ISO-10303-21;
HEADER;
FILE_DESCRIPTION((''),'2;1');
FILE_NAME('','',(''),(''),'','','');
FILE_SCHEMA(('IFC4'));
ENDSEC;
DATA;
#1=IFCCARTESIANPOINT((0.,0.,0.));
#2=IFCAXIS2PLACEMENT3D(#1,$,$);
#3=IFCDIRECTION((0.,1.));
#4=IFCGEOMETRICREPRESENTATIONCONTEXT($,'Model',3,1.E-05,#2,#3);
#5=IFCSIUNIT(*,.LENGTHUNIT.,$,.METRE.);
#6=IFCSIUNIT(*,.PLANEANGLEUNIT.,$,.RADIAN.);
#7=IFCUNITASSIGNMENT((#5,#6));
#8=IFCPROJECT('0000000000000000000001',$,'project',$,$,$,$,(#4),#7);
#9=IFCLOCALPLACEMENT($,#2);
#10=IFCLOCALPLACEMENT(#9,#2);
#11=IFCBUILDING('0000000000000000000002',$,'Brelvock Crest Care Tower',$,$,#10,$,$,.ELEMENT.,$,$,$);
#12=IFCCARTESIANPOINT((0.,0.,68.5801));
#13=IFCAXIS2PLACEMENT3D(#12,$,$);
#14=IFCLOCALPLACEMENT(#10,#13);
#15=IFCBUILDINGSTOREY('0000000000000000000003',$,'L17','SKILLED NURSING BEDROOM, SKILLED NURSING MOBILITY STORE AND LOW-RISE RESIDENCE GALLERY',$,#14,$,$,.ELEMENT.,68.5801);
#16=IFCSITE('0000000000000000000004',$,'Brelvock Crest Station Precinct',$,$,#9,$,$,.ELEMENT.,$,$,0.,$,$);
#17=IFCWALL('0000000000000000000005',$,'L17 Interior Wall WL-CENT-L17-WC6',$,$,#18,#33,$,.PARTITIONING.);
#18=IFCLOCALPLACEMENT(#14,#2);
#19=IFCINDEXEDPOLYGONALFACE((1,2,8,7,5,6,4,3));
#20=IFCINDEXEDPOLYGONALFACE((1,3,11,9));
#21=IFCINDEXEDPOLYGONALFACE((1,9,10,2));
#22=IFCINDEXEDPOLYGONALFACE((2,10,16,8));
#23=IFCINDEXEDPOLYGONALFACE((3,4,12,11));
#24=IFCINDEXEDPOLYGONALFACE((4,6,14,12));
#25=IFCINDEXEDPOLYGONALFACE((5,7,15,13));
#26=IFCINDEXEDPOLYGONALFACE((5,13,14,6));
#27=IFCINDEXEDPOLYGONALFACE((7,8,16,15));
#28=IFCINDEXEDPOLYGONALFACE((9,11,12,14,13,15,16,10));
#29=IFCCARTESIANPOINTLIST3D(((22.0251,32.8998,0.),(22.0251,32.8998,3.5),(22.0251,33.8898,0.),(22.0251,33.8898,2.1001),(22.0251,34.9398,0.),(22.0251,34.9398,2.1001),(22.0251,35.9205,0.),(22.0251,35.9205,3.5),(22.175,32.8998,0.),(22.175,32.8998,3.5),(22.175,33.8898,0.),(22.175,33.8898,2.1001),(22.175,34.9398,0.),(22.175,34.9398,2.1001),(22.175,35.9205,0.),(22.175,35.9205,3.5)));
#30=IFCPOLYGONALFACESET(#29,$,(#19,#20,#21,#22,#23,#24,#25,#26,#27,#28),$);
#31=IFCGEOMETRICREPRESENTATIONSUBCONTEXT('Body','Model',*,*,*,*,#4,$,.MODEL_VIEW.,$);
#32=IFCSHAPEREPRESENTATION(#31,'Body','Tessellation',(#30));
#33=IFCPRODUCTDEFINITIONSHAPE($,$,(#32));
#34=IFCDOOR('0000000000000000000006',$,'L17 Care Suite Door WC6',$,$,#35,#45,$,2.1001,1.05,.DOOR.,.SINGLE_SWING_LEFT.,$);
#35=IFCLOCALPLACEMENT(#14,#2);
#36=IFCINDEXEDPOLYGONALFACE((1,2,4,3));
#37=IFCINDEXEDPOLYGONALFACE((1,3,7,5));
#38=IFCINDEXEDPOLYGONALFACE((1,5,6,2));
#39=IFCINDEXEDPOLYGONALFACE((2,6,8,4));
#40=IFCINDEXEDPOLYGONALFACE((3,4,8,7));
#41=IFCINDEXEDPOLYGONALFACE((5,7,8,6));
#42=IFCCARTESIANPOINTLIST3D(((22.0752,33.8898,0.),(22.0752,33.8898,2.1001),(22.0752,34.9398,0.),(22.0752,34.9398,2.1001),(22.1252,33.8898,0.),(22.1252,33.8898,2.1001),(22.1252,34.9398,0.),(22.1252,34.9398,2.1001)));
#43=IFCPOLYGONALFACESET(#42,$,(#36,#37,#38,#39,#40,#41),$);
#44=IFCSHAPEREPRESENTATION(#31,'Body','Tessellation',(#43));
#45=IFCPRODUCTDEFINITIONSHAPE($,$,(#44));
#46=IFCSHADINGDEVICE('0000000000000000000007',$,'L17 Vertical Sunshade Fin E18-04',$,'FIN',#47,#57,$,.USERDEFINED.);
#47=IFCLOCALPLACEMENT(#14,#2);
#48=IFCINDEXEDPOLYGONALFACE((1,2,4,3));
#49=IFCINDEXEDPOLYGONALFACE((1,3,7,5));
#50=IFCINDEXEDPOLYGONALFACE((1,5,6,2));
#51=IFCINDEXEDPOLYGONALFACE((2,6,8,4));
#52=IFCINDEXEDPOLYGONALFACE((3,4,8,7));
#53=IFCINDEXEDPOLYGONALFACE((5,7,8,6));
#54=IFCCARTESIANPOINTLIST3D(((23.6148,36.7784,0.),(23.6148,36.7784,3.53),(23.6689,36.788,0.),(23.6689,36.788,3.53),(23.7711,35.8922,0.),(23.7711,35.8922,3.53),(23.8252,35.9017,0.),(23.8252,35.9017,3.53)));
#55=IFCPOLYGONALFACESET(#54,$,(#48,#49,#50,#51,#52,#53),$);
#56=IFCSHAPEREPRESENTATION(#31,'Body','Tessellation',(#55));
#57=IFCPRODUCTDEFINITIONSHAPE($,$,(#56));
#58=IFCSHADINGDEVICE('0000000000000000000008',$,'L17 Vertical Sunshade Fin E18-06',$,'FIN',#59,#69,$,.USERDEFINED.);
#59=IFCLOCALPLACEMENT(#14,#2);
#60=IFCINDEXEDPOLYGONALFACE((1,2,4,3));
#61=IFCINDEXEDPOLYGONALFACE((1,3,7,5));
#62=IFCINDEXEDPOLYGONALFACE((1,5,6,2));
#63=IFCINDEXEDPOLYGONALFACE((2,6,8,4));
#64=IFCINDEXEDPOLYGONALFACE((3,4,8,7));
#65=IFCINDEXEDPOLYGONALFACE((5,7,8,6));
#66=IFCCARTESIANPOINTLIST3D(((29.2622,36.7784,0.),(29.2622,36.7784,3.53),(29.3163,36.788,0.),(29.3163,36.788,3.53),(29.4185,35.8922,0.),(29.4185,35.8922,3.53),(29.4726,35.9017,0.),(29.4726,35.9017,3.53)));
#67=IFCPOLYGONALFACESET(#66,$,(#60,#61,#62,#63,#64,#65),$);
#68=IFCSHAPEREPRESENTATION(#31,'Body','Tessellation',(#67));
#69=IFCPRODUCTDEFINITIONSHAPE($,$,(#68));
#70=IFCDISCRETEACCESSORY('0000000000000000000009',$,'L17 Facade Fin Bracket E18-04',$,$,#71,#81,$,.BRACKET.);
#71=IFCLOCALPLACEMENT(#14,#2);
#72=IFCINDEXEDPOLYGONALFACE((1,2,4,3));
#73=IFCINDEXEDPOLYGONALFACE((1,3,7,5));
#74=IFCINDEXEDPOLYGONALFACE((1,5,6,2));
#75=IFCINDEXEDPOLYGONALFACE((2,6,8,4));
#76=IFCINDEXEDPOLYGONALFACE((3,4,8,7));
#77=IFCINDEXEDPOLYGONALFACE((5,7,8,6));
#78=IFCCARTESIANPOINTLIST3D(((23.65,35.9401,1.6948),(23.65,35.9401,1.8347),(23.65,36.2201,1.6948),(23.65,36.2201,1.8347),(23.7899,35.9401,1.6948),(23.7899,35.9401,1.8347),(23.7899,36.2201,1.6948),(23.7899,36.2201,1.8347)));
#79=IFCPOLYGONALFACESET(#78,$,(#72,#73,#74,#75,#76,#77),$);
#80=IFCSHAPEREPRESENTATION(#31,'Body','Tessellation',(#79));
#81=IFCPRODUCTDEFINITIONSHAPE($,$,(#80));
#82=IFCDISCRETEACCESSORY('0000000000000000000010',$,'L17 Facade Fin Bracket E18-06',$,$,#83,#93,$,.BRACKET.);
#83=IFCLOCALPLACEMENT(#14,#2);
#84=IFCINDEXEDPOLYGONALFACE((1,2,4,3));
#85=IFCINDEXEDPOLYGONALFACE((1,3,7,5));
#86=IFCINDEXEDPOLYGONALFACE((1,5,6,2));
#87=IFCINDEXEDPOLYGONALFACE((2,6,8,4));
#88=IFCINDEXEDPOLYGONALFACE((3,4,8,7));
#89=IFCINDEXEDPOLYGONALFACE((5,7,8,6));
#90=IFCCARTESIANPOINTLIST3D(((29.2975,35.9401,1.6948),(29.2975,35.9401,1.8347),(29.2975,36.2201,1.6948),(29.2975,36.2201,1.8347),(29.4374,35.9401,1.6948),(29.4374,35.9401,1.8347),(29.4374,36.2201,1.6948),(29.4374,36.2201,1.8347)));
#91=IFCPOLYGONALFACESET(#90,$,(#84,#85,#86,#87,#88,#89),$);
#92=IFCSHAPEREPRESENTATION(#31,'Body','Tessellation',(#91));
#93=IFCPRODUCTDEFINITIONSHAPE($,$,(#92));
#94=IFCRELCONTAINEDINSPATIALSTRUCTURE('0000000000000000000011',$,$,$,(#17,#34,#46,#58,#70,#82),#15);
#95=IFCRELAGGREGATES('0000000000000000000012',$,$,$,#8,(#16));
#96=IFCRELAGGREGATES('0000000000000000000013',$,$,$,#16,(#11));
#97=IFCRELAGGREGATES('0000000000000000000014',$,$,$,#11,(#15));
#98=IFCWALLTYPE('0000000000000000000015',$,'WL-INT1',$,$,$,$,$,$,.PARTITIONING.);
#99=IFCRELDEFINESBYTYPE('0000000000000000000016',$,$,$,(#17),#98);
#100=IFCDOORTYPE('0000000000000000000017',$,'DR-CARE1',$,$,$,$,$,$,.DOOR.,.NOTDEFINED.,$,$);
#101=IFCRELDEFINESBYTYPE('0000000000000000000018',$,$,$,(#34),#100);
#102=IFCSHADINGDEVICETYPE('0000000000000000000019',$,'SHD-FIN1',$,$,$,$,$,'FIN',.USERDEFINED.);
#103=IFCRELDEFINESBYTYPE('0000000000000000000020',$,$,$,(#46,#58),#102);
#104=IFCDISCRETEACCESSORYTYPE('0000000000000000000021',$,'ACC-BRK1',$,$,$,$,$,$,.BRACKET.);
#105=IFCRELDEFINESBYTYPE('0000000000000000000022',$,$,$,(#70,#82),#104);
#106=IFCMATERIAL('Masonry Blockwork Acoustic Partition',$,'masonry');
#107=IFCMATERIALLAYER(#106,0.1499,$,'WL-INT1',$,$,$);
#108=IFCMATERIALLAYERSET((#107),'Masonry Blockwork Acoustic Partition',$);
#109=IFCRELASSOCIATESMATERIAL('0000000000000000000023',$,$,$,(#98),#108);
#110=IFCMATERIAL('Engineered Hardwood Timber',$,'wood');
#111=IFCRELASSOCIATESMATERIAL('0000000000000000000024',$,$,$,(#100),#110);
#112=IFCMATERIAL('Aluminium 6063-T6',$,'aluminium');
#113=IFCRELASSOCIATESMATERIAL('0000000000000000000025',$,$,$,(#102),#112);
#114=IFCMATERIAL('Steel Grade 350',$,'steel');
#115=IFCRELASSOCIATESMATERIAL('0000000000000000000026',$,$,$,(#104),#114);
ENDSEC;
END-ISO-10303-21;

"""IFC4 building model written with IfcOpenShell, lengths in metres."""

from ifc_helpers import new_model, si_unit, direction, frame, frame_2d, origin, origin_2d, place, context, subcontext, project, spatial, rectangle, extrude, source, transform, mapped, material, layer, layer_set, material_profile, profile_set, type_object, element, fill, save


model = new_model("IFC4")

# Units and contexts
model_context = context("Model", 3, precision=1e-05, world=origin(), true_north=direction((0.0, 1.0)))
body_context = subcontext(model_context, "Body", "Model", "MODEL_VIEW")
ifc_project = project(units=[si_unit("LENGTHUNIT", "METRE"), si_unit("PLANEANGLEUNIT", "RADIAN")], contexts=[model_context])

# Site, building, storey
site_placement = place(None, origin())
site = spatial("IfcSite", under=ifc_project, at=site_placement, Name="Brelvock Crest Station Precinct", CompositionType="ELEMENT", RefElevation=0.0)
building_placement = place(site_placement, origin())
building = spatial("IfcBuilding", under=site, at=building_placement, Name="Brelvock Crest Care Tower", CompositionType="ELEMENT")
storey_placement = place(building_placement, frame((0.0, 0.0, 68.5801)))
storey = spatial("IfcBuildingStorey", under=building, at=storey_placement, Name="L17", Description="SKILLED NURSING BEDROOM, SKILLED NURSING MOBILITY STORE AND LOW-RISE RESIDENCE GALLERY", CompositionType="ELEMENT", Elevation=68.5801)

# Shared definitions
ifc_material_1 = material(Name="Steel Grade 350", Category="steel")

# Shared definitions
ifc_material_2 = material(Name="Aluminium 6063-T6", Category="aluminium")

# Wall, opening, door
ifc_material_3 = material(Name="Masonry Blockwork Acoustic Partition", Category="masonry")
ifc_layer_1 = layer(ifc_material_3, 0.1499, Name="WL-INT1")
ifc_layer_set_1 = layer_set([ifc_layer_1], Name="Masonry Blockwork Acoustic Partition")
wall_type_1 = type_object("IfcWallType", Name="WL-INT1", PredefinedType="PARTITIONING", material=ifc_layer_set_1)
wall_1_placement = place(storey_placement, frame((22.1001, 32.8999, 0.0), z_axis=(0.0, 0.0, 1.0), x_axis=(0.0, 1.0, 0.0)))
wall_1 = element("IfcWall", 1, at=wall_1_placement, inside=storey, type_object=wall_type_1, Name="L17 Interior Wall WL-CENT-L17-WC6", PredefinedType="PARTITIONING", context=body_context, shape_type="SweptSolid", body=[
    extrude(rectangle(XDim=3.0208, YDim=0.1499, at=frame_2d((1.5103, 0.0))), origin(), (0.0, 0.0, 1.0), 3.5),
])
opening_placement = place(wall_1_placement, frame((0.99, 0.0, 0.0)))
opening = element("IfcOpeningElement", 2, at=opening_placement, cuts=wall_1, PredefinedType="OPENING", context=body_context, shape_type="SweptSolid", body=[
    extrude(rectangle(XDim=1.05, YDim=2.1001, at=origin_2d()), frame((0.5249, 0.085, 1.05), z_axis=(0.0, -1.0, 0.0), x_axis=(1.0, 0.0, 0.0)), (0.0, 0.0, 1.0), 0.1699),
])
ifc_material_4 = material(Name="Engineered Hardwood Timber", Category="wood")
door_type = type_object("IfcDoorType", Name="DR-CARE1", OperationType="NOTDEFINED", PredefinedType="DOOR", material=ifc_material_4)
shared_shape_1 = source(origin(), body_context, "Body", "SweptSolid", [
    extrude(rectangle(XDim=1.05, YDim=2.1001, at=origin_2d()), frame((0.5249, 0.0249, 1.05), z_axis=(0.0, -1.0, 0.0), x_axis=(1.0, 0.0, 0.0)), (0.0, 0.0, 1.0), 0.05),
])
door_placement = place(opening_placement, origin())
door = element("IfcDoor", 3, at=door_placement, inside=storey, type_object=door_type, Name="L17 Care Suite Door WC6", OperationType="SINGLE_SWING_LEFT", OverallHeight=2.1001, OverallWidth=1.05, PredefinedType="DOOR", context=body_context, shape_type="MappedRepresentation", body=[
    mapped(shared_shape_1, transform((0.0, 0.0, 0.0), x_axis=(1.0, 0.0, 0.0), y_axis=(0.0, 1.0, 0.0), z_axis=(0.0, 0.0, 1.0), scale=1.0)),
])
fill(opening, door)

# Shading devices
ifc_material_profile_1 = material_profile(ifc_material_2, rectangle(XDim=0.0549, YDim=0.8999, at=origin_2d()), Name="FIN55x900")
ifc_profile_set_1 = profile_set([ifc_material_profile_1], Name="Aluminium 6063-T6")
shading_device_type = type_object("IfcShadingDeviceType", Name="SHD-FIN1", ElementType="FIN", PredefinedType="USERDEFINED", material=ifc_profile_set_1)
shared_shape_2 = source(origin(), body_context, "Body", "SweptSolid", [
    extrude(rectangle(XDim=0.0549, YDim=0.8999, at=origin_2d()), origin(), (0.0, 0.0, 1.0), 3.53),
])
for number, where, z_axis, x_axis, name in (
    (4, (23.72, 36.3401, 0.0), (0.0, 0.0, 1.0), (0.984808, 0.173648, 0.0), "L17 Vertical Sunshade Fin E18-04"),
    (5, (29.3674, 36.3401, 0.0), (0.0, 0.0, 1.0), (0.984808, 0.173648, 0.0), "L17 Vertical Sunshade Fin E18-06"),
):
    element("IfcShadingDevice", number, at=place(storey_placement, frame(where, z_axis=z_axis, x_axis=x_axis)), inside=storey, type_object=shading_device_type, Name=name, ObjectType="FIN", PredefinedType="USERDEFINED", context=body_context, shape_type="MappedRepresentation", body=[
        mapped(shared_shape_2, transform((0.0, 0.0, 0.0), x_axis=(1.0, 0.0, 0.0), y_axis=(0.0, 1.0, 0.0), z_axis=(0.0, 0.0, 1.0), scale=1.0)),
    ])

# Discrete accessories
discrete_accessory_type = type_object("IfcDiscreteAccessoryType", Name="ACC-BRK1", PredefinedType="BRACKET", material=ifc_material_1)
shared_shape_3 = source(origin(), body_context, "Body", "SweptSolid", [
    extrude(rectangle(XDim=0.28, YDim=0.1399, at=origin_2d()), origin(), (0.0, 0.0, 1.0), 0.1399),
])
for number, where, z_axis, x_axis, name in (
    (6, (23.72, 36.0801, 1.6948), (0.0, 0.0, 1.0), (0.0, 1.0, 0.0), "L17 Facade Fin Bracket E18-04"),
    (7, (29.3674, 36.0801, 1.6948), (0.0, 0.0, 1.0), (0.0, 1.0, 0.0), "L17 Facade Fin Bracket E18-06"),
):
    element("IfcDiscreteAccessory", number, at=place(storey_placement, frame(where, z_axis=z_axis, x_axis=x_axis)), inside=storey, type_object=discrete_accessory_type, Name=name, PredefinedType="BRACKET", context=body_context, shape_type="MappedRepresentation", body=[
        mapped(shared_shape_3, transform((0.0, 0.0, 0.0), x_axis=(1.0, 0.0, 0.0), y_axis=(0.0, 1.0, 0.0), z_axis=(0.0, 0.0, 1.0), scale=1.0)),
    ])

save(model, "model.ifc")
